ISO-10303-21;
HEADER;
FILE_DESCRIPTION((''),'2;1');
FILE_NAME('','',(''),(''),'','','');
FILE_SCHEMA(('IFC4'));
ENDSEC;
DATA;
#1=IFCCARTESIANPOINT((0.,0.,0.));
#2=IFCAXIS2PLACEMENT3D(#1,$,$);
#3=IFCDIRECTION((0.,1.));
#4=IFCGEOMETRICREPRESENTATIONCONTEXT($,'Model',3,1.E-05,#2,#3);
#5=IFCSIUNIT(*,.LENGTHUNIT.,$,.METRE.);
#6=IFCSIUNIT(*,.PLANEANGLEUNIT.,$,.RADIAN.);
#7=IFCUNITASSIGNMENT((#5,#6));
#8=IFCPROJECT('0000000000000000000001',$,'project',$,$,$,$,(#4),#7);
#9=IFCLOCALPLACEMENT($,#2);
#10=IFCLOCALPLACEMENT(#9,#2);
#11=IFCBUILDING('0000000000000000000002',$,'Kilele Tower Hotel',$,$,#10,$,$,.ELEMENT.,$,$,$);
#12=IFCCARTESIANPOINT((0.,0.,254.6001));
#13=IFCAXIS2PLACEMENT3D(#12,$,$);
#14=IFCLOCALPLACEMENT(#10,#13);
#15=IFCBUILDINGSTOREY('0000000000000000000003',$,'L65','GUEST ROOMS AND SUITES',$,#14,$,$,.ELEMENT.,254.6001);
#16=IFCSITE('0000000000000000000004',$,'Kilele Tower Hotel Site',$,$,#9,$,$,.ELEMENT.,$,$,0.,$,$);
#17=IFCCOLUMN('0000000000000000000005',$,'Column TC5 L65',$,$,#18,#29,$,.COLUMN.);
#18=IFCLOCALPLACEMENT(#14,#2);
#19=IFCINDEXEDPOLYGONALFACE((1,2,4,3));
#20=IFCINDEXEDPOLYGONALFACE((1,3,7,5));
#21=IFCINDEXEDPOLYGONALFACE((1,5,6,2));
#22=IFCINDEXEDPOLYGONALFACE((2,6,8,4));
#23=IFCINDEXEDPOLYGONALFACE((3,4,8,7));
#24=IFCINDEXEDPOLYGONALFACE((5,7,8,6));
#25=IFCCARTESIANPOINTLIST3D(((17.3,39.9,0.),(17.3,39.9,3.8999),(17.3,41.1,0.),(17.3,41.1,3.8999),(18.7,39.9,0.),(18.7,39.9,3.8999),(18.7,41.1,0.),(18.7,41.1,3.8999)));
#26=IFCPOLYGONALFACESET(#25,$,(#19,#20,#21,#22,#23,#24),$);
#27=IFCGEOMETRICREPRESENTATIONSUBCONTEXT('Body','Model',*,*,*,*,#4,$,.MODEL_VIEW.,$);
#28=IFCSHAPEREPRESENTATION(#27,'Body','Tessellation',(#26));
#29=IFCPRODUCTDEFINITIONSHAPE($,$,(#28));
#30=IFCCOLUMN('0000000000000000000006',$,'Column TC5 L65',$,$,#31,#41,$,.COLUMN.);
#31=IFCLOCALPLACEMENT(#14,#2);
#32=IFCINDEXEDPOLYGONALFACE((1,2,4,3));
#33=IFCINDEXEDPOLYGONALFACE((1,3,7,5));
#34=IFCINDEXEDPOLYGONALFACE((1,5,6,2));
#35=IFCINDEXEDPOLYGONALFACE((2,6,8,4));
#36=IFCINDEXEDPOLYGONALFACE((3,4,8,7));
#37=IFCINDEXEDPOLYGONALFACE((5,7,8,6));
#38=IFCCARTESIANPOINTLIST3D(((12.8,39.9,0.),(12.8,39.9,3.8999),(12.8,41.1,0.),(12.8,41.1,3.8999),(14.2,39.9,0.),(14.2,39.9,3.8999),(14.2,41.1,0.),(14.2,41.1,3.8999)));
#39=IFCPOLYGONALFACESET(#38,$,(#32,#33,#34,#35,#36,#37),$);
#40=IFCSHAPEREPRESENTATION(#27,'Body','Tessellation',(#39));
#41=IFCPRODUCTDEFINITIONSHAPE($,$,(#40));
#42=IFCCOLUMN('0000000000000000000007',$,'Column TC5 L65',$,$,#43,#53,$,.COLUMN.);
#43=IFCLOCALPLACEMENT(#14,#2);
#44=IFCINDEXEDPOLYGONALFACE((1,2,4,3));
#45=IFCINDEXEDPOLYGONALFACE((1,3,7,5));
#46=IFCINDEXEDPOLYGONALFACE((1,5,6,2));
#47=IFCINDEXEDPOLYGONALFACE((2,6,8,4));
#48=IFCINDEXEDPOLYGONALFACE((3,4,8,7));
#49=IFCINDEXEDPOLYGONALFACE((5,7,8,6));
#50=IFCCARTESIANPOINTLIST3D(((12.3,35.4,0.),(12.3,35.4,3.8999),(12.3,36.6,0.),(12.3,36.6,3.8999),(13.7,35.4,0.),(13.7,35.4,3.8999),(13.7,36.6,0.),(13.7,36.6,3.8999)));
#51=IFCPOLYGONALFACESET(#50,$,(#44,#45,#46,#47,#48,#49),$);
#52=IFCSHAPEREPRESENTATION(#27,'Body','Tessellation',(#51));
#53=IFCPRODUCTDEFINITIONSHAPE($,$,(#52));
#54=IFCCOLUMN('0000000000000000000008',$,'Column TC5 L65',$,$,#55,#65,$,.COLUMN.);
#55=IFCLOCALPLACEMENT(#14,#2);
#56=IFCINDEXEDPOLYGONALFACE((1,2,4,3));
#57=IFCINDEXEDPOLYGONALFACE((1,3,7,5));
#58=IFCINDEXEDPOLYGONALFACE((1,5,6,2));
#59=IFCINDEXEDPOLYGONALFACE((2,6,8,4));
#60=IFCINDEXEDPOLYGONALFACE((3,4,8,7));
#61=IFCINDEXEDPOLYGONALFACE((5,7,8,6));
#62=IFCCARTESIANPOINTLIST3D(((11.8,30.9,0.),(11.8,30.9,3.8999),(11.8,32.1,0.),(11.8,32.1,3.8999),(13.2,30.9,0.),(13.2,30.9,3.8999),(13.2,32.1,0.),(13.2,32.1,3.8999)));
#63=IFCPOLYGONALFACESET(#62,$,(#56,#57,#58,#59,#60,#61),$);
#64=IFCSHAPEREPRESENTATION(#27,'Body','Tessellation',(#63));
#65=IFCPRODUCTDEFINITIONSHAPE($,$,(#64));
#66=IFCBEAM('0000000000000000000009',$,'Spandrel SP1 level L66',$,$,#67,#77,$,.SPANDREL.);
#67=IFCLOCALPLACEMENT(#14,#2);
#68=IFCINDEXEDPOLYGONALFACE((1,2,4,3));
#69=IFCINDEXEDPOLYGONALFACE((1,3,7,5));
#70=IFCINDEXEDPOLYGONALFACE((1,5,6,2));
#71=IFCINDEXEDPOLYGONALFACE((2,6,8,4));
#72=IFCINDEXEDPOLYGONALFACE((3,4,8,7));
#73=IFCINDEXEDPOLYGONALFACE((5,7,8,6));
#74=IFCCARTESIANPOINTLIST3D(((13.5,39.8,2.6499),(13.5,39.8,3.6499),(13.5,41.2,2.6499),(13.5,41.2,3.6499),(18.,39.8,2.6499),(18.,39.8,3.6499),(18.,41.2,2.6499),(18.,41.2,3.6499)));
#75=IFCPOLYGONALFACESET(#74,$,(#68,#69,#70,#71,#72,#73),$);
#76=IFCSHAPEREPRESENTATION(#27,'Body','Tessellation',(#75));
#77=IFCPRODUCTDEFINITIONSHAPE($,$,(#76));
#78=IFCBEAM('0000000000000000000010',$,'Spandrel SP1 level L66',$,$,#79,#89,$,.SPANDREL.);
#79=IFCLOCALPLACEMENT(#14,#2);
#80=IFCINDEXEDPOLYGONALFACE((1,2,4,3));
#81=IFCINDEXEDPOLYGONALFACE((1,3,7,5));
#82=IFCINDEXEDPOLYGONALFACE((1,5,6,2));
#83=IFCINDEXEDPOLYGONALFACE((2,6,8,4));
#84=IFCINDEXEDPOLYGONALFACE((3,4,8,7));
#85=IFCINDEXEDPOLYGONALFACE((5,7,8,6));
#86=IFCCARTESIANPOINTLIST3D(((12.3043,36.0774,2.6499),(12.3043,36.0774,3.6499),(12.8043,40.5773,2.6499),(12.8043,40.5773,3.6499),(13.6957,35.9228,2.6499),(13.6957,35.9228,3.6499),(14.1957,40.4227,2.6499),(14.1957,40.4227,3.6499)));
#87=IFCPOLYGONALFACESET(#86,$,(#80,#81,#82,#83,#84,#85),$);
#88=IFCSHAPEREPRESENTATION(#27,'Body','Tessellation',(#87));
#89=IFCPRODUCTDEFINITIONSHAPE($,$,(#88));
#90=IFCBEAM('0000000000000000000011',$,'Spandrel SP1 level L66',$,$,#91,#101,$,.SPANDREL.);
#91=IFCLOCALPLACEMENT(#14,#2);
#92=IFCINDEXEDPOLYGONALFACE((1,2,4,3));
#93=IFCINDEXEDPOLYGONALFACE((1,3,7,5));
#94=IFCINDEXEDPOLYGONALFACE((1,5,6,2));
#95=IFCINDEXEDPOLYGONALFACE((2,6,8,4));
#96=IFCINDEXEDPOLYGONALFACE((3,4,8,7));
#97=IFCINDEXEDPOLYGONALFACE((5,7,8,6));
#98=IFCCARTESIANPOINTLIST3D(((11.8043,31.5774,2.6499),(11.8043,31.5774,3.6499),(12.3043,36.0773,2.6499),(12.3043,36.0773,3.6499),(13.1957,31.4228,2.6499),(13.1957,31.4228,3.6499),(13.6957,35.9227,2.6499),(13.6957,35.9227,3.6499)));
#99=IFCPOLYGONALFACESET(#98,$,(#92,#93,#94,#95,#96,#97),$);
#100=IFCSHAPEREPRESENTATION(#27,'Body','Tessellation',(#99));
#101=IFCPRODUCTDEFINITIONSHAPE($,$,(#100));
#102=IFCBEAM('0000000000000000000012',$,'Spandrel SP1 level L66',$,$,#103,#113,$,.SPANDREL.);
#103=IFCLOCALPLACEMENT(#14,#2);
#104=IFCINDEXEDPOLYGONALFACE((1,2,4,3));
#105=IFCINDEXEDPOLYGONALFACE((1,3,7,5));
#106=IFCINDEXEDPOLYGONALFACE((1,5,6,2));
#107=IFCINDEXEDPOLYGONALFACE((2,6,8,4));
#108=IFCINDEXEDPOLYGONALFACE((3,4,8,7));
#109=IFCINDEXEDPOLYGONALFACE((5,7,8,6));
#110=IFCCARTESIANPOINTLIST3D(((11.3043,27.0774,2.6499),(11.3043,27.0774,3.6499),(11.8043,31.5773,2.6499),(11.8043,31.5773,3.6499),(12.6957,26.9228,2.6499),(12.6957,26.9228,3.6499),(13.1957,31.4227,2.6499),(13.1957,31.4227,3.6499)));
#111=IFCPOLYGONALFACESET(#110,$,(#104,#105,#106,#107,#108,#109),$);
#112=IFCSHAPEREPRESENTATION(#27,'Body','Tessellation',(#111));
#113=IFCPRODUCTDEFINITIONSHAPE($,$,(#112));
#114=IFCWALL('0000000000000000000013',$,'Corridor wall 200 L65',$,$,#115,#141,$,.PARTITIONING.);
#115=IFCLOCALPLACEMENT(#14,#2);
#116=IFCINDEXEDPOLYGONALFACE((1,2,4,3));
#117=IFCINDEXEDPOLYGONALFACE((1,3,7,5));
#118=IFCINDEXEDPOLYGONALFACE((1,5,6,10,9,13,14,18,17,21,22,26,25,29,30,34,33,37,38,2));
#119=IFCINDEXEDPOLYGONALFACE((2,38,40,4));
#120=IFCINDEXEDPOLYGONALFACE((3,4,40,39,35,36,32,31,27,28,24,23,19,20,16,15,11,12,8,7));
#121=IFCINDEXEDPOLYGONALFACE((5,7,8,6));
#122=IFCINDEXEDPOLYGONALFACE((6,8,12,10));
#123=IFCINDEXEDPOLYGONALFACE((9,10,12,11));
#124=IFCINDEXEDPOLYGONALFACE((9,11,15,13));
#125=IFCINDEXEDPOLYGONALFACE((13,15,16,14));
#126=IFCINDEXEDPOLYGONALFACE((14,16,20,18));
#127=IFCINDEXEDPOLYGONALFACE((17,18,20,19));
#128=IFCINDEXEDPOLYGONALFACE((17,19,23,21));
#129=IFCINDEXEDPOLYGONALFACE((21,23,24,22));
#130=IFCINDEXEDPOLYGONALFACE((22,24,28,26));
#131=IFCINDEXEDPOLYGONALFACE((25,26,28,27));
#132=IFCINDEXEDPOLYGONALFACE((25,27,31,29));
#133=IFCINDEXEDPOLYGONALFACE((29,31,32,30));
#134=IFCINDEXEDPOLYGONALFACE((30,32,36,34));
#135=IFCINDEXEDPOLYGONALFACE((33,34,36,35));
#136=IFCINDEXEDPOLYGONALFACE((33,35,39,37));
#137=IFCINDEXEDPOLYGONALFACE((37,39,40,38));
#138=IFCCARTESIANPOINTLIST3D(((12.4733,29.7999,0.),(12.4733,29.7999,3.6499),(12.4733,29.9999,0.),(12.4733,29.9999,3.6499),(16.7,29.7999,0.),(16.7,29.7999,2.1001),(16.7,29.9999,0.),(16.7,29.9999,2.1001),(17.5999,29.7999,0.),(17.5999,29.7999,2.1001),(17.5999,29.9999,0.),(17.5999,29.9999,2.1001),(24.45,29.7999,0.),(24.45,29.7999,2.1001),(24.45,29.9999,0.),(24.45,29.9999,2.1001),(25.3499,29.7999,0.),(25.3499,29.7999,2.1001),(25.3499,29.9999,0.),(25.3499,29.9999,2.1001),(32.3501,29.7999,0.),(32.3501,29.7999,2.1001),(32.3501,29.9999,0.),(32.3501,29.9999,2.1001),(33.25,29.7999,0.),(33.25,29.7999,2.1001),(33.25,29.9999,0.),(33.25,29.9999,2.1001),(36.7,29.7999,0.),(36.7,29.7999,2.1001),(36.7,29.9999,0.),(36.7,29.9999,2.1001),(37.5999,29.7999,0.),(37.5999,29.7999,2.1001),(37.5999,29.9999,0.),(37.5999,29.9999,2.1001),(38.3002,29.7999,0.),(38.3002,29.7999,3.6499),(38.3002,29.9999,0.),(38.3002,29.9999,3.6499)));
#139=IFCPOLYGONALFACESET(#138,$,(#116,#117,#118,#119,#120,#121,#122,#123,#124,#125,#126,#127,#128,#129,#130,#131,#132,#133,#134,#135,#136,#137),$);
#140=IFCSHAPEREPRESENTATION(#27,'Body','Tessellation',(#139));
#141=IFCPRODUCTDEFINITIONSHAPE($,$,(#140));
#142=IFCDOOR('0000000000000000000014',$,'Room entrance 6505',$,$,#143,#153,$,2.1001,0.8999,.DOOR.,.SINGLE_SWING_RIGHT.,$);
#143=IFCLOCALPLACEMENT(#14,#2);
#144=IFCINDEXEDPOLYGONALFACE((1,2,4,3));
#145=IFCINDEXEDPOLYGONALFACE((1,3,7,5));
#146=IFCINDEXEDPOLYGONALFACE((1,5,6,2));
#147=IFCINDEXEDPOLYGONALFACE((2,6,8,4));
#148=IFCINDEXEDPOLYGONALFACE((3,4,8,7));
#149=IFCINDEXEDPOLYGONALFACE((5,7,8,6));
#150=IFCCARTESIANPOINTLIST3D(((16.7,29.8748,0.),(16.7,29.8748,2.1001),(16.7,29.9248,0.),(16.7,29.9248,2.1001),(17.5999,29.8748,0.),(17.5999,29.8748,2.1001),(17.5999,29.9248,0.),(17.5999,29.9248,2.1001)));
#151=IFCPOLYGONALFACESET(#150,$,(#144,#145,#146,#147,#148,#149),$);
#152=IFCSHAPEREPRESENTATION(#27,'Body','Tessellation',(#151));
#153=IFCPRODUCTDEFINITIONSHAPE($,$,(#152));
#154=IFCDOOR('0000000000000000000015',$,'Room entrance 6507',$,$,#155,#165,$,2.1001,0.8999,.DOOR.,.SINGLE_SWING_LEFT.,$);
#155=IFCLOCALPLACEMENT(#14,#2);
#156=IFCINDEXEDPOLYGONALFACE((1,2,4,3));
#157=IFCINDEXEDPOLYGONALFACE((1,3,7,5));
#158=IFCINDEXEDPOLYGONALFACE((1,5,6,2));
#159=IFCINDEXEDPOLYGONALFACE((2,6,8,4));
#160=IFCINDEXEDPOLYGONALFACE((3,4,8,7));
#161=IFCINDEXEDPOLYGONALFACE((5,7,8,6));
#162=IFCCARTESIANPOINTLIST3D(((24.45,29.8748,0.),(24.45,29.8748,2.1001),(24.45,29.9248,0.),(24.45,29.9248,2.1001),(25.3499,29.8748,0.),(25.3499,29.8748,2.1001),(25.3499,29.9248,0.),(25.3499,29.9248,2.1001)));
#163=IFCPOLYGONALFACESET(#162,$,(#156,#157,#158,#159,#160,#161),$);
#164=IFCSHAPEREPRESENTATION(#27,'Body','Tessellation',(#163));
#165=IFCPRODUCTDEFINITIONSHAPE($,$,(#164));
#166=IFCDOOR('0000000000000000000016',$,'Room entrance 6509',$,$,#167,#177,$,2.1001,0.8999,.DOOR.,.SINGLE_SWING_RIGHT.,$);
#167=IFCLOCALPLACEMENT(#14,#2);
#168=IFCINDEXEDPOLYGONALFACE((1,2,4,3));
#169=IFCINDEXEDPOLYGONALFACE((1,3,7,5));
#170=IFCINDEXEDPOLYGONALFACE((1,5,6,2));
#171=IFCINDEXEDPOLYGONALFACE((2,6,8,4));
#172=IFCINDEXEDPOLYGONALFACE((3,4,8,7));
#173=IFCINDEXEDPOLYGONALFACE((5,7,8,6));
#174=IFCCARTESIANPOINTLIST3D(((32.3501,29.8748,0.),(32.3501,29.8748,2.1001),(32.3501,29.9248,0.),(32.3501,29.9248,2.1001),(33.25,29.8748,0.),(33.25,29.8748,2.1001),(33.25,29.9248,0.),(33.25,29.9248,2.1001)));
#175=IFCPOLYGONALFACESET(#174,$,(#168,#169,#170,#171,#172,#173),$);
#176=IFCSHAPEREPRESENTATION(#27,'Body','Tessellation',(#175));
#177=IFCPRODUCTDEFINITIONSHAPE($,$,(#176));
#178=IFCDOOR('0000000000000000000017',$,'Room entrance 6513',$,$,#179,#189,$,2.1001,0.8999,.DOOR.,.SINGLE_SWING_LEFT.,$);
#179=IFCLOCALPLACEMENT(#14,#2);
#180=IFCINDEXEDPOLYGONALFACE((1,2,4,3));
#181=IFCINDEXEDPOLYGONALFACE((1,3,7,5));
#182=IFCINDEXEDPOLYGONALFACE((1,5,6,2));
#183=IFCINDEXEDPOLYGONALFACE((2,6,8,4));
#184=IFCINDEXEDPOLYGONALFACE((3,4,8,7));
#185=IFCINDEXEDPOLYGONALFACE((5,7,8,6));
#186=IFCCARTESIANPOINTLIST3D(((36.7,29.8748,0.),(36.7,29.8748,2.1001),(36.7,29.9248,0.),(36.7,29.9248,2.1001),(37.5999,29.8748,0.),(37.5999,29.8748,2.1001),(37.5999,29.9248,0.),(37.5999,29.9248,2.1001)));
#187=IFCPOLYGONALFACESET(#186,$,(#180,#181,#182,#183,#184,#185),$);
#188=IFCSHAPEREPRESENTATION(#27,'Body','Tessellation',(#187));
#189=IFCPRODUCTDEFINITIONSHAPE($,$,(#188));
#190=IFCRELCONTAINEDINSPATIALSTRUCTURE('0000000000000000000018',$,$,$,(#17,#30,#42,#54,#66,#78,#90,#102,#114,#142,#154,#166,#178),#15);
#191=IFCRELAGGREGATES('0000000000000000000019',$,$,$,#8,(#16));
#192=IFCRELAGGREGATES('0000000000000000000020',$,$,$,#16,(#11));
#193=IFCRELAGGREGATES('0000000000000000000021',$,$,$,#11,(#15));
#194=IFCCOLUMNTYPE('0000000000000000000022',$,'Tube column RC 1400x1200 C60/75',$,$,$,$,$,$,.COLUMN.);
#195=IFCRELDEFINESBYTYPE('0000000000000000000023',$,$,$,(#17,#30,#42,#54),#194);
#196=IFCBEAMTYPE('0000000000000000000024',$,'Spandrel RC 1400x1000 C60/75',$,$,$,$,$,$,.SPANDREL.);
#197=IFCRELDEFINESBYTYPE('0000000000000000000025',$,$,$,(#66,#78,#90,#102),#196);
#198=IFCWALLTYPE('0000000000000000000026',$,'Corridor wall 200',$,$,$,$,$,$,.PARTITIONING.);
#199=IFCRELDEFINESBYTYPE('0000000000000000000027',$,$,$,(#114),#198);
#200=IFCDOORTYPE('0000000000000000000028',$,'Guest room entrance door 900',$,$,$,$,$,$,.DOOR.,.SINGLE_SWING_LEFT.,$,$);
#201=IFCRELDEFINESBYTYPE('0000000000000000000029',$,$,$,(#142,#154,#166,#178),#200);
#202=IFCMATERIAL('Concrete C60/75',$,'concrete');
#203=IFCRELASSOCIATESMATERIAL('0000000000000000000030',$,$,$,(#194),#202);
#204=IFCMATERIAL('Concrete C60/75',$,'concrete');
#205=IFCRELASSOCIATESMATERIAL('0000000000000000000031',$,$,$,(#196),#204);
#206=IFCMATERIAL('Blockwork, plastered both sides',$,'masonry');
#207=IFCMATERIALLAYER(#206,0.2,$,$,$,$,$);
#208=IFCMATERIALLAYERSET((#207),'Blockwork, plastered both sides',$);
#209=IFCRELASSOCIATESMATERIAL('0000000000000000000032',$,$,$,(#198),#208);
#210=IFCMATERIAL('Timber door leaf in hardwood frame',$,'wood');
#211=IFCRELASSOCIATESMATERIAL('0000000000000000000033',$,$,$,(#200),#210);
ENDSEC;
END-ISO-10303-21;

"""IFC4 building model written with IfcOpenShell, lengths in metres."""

from ifc_helpers import new_model, si_unit, direction, frame, frame_2d, origin, origin_2d, place, context, subcontext, project, spatial, rectangle, extrude, material, layer, layer_set, material_profile, profile_set, type_object, element, fill, save


model = new_model("IFC4")

# Units and contexts
model_context = context("Model", 3, precision=1e-05, world=origin(), true_north=direction((0.0, 1.0)))
body_context = subcontext(model_context, "Body", "Model", "MODEL_VIEW")
ifc_project = project(units=[si_unit("LENGTHUNIT", "METRE"), si_unit("PLANEANGLEUNIT", "RADIAN")], contexts=[model_context])

# Site, building, storey
site_placement = place(None, origin())
site = spatial("IfcSite", under=ifc_project, at=site_placement, Name="Kilele Tower Hotel Site", CompositionType="ELEMENT", RefElevation=0.0)
building_placement = place(site_placement, origin())
building = spatial("IfcBuilding", under=site, at=building_placement, Name="Kilele Tower Hotel", CompositionType="ELEMENT")
storey_placement = place(building_placement, frame((0.0, 0.0, 254.6001)))
storey = spatial("IfcBuildingStorey", under=building, at=storey_placement, Name="L65", Description="GUEST ROOMS AND SUITES", CompositionType="ELEMENT", Elevation=254.6001)

# Columns
ifc_material_1 = material(Name="Concrete C60/75", Category="concrete")
ifc_material_profile_1 = material_profile(ifc_material_1, rectangle(XDim=1.3999, YDim=1.2, at=origin_2d()))
ifc_profile_set_1 = profile_set([ifc_material_profile_1], Name="Concrete C60/75")
column_type = type_object("IfcColumnType", Name="Tube column RC 1400x1200 C60/75", PredefinedType="COLUMN", material=ifc_profile_set_1)
for number, where, z_axis, x_axis, name in (
    (1, (18.0, 40.5, 0.0), (0.0, 0.0, 1.0), (1.0, 0.0, 0.0), "Column TC5 L65"),
    (2, (13.5, 40.5, 0.0), (0.0, 0.0, 1.0), (1.0, 0.0, 0.0), "Column TC5 L65"),
    (3, (13.0, 36.0, 0.0), (0.0, 0.0, 1.0), (1.0, 0.0, 0.0), "Column TC5 L65"),
    (4, (12.5, 31.5, 0.0), (0.0, 0.0, 1.0), (1.0, 0.0, 0.0), "Column TC5 L65"),
):
    element("IfcColumn", number, at=place(storey_placement, frame(where, z_axis=z_axis, x_axis=x_axis)), inside=storey, type_object=column_type, Name=name, PredefinedType="COLUMN", context=body_context, shape_type="SweptSolid", body=[
        extrude(rectangle(XDim=1.3999, YDim=1.2, at=origin_2d()), origin(), (0.0, 0.0, 1.0), 3.8999),
    ])

# Beams
ifc_material_2 = material(Name="Concrete C60/75", Category="concrete")
ifc_material_profile_2 = material_profile(ifc_material_2, rectangle(XDim=1.3999, YDim=1.0, at=origin_2d()))
ifc_profile_set_2 = profile_set([ifc_material_profile_2], Name="Concrete C60/75")
beam_type = type_object("IfcBeamType", Name="Spandrel RC 1400x1000 C60/75", PredefinedType="SPANDREL", material=ifc_profile_set_2)
beam_placement = place(storey_placement, frame((18.0, 40.5, 3.1499), z_axis=(-1.0, 0.0, 0.0), x_axis=(0.0, -1.0, 0.0)))
element("IfcBeam", 5, at=beam_placement, inside=storey, type_object=beam_type, Name="Spandrel SP1 level L66", PredefinedType="SPANDREL", context=body_context, shape_type="SweptSolid", body=[
    extrude(rectangle(XDim=1.3999, YDim=1.0, at=origin_2d()), origin(), (0.0, 0.0, 1.0), 4.5),
])
for number, where, z_axis, x_axis, name in (
    (6, (13.5, 40.5, 3.1499), (-0.110432, -0.993884, 0.0), (0.993884, -0.110432, 0.0), "Spandrel SP1 level L66"),
    (7, (13.0, 36.0, 3.1499), (-0.110432, -0.993884, 0.0), (0.993884, -0.110432, 0.0), "Spandrel SP1 level L66"),
    (8, (12.5, 31.5, 3.1499), (-0.110432, -0.993884, 0.0), (0.993884, -0.110432, 0.0), "Spandrel SP1 level L66"),
):
    element("IfcBeam", number, at=place(storey_placement, frame(where, z_axis=z_axis, x_axis=x_axis)), inside=storey, type_object=beam_type, Name=name, PredefinedType="SPANDREL", context=body_context, shape_type="SweptSolid", body=[
        extrude(rectangle(XDim=1.3999, YDim=1.0, at=origin_2d()), origin(), (0.0, 0.0, 1.0), 4.5276),
    ])

# Wall, openings, doors
ifc_material_3 = material(Name="Blockwork, plastered both sides", Category="masonry")
ifc_layer_1 = layer(ifc_material_3, 0.2)
ifc_layer_set_1 = layer_set([ifc_layer_1], Name="Blockwork, plastered both sides")
wall_type_1 = type_object("IfcWallType", Name="Corridor wall 200", PredefinedType="PARTITIONING", material=ifc_layer_set_1)
wall_1_placement = place(storey_placement, frame((12.4731, 29.8999, 0.0), z_axis=(0.0, 0.0, 1.0), x_axis=(1.0, 0.0, 0.0)))
wall_1 = element("IfcWall", 9, at=wall_1_placement, inside=storey, type_object=wall_type_1, Name="Corridor wall 200 L65", PredefinedType="PARTITIONING", context=body_context, shape_type="SweptSolid", body=[
    extrude(rectangle(XDim=25.8269, YDim=0.2, at=frame_2d((12.9136, 0.0))), origin(), (0.0, 0.0, 1.0), 3.6499),
])
opening_1_placement = place(wall_1_placement, frame((4.2268, 0.0, 0.0)))
opening_1 = element("IfcOpeningElement", 10, at=opening_1_placement, cuts=wall_1, PredefinedType="OPENING", context=body_context, shape_type="SweptSolid", body=[
    extrude(rectangle(XDim=0.8999, YDim=2.1001, at=frame_2d((0.45, 1.05))), frame((0.0, 0.1099, 0.0), z_axis=(0.0, -1.0, 0.0), x_axis=(1.0, 0.0, 0.0)), (0.0, 0.0, 1.0), 0.22),
])
opening_2_placement = place(wall_1_placement, frame((11.9768, 0.0, 0.0)))
opening_2 = element("IfcOpeningElement", 11, at=opening_2_placement, cuts=wall_1, PredefinedType="OPENING", context=body_context, shape_type="SweptSolid", body=[
    extrude(rectangle(XDim=0.8999, YDim=2.1001, at=frame_2d((0.45, 1.05))), frame((0.0, 0.1099, 0.0), z_axis=(0.0, -1.0, 0.0), x_axis=(1.0, 0.0, 0.0)), (0.0, 0.0, 1.0), 0.22),
])
opening_3_placement = place(wall_1_placement, frame((19.877, 0.0, 0.0)))
opening_3 = element("IfcOpeningElement", 12, at=opening_3_placement, cuts=wall_1, PredefinedType="OPENING", context=body_context, shape_type="SweptSolid", body=[
    extrude(rectangle(XDim=0.8999, YDim=2.1001, at=frame_2d((0.45, 1.05))), frame((0.0, 0.1099, 0.0), z_axis=(0.0, -1.0, 0.0), x_axis=(1.0, 0.0, 0.0)), (0.0, 0.0, 1.0), 0.22),
])
opening_4_placement = place(wall_1_placement, frame((24.2268, 0.0, 0.0)))
opening_4 = element("IfcOpeningElement", 13, at=opening_4_placement, cuts=wall_1, PredefinedType="OPENING", context=body_context, shape_type="SweptSolid", body=[
    extrude(rectangle(XDim=0.8999, YDim=2.1001, at=frame_2d((0.45, 1.05))), frame((0.0, 0.1099, 0.0), z_axis=(0.0, -1.0, 0.0), x_axis=(1.0, 0.0, 0.0)), (0.0, 0.0, 1.0), 0.22),
])
ifc_material_4 = material(Name="Timber door leaf in hardwood frame", Category="wood")
door_type = type_object("IfcDoorType", Name="Guest room entrance door 900", OperationType="SINGLE_SWING_LEFT", PredefinedType="DOOR", material=ifc_material_4)
door_1_placement = place(opening_1_placement, origin())
door_1 = element("IfcDoor", 14, at=door_1_placement, inside=storey, type_object=door_type, Name="Room entrance 6505", OperationType="SINGLE_SWING_RIGHT", OverallHeight=2.1001, OverallWidth=0.8999, PredefinedType="DOOR", context=body_context, shape_type="SweptSolid", body=[
    extrude(rectangle(XDim=0.8999, YDim=2.1001, at=frame_2d((0.45, 1.05))), frame((0.0, 0.0249, 0.0), z_axis=(0.0, -1.0, 0.0), x_axis=(1.0, 0.0, 0.0)), (0.0, 0.0, 1.0), 0.05),
])
fill(opening_1, door_1)
door_2_placement = place(opening_2_placement, origin())
door_2 = element("IfcDoor", 15, at=door_2_placement, inside=storey, type_object=door_type, Name="Room entrance 6507", OperationType="SINGLE_SWING_LEFT", OverallHeight=2.1001, OverallWidth=0.8999, PredefinedType="DOOR", context=body_context, shape_type="SweptSolid", body=[
    extrude(rectangle(XDim=0.8999, YDim=2.1001, at=frame_2d((0.45, 1.05))), frame((0.0, 0.0249, 0.0), z_axis=(0.0, -1.0, 0.0), x_axis=(1.0, 0.0, 0.0)), (0.0, 0.0, 1.0), 0.05),
])
fill(opening_2, door_2)
door_3_placement = place(opening_3_placement, origin())
door_3 = element("IfcDoor", 16, at=door_3_placement, inside=storey, type_object=door_type, Name="Room entrance 6509", OperationType="SINGLE_SWING_RIGHT", OverallHeight=2.1001, OverallWidth=0.8999, PredefinedType="DOOR", context=body_context, shape_type="SweptSolid", body=[
    extrude(rectangle(XDim=0.8999, YDim=2.1001, at=frame_2d((0.45, 1.05))), frame((0.0, 0.0249, 0.0), z_axis=(0.0, -1.0, 0.0), x_axis=(1.0, 0.0, 0.0)), (0.0, 0.0, 1.0), 0.05),
])
fill(opening_3, door_3)
door_4_placement = place(opening_4_placement, origin())
door_4 = element("IfcDoor", 17, at=door_4_placement, inside=storey, type_object=door_type, Name="Room entrance 6513", OperationType="SINGLE_SWING_LEFT", OverallHeight=2.1001, OverallWidth=0.8999, PredefinedType="DOOR", context=body_context, shape_type="SweptSolid", body=[
    extrude(rectangle(XDim=0.8999, YDim=2.1001, at=frame_2d((0.45, 1.05))), frame((0.0, 0.0249, 0.0), z_axis=(0.0, -1.0, 0.0), x_axis=(1.0, 0.0, 0.0)), (0.0, 0.0, 1.0), 0.05),
])
fill(opening_4, door_4)

save(model, "model.ifc")
